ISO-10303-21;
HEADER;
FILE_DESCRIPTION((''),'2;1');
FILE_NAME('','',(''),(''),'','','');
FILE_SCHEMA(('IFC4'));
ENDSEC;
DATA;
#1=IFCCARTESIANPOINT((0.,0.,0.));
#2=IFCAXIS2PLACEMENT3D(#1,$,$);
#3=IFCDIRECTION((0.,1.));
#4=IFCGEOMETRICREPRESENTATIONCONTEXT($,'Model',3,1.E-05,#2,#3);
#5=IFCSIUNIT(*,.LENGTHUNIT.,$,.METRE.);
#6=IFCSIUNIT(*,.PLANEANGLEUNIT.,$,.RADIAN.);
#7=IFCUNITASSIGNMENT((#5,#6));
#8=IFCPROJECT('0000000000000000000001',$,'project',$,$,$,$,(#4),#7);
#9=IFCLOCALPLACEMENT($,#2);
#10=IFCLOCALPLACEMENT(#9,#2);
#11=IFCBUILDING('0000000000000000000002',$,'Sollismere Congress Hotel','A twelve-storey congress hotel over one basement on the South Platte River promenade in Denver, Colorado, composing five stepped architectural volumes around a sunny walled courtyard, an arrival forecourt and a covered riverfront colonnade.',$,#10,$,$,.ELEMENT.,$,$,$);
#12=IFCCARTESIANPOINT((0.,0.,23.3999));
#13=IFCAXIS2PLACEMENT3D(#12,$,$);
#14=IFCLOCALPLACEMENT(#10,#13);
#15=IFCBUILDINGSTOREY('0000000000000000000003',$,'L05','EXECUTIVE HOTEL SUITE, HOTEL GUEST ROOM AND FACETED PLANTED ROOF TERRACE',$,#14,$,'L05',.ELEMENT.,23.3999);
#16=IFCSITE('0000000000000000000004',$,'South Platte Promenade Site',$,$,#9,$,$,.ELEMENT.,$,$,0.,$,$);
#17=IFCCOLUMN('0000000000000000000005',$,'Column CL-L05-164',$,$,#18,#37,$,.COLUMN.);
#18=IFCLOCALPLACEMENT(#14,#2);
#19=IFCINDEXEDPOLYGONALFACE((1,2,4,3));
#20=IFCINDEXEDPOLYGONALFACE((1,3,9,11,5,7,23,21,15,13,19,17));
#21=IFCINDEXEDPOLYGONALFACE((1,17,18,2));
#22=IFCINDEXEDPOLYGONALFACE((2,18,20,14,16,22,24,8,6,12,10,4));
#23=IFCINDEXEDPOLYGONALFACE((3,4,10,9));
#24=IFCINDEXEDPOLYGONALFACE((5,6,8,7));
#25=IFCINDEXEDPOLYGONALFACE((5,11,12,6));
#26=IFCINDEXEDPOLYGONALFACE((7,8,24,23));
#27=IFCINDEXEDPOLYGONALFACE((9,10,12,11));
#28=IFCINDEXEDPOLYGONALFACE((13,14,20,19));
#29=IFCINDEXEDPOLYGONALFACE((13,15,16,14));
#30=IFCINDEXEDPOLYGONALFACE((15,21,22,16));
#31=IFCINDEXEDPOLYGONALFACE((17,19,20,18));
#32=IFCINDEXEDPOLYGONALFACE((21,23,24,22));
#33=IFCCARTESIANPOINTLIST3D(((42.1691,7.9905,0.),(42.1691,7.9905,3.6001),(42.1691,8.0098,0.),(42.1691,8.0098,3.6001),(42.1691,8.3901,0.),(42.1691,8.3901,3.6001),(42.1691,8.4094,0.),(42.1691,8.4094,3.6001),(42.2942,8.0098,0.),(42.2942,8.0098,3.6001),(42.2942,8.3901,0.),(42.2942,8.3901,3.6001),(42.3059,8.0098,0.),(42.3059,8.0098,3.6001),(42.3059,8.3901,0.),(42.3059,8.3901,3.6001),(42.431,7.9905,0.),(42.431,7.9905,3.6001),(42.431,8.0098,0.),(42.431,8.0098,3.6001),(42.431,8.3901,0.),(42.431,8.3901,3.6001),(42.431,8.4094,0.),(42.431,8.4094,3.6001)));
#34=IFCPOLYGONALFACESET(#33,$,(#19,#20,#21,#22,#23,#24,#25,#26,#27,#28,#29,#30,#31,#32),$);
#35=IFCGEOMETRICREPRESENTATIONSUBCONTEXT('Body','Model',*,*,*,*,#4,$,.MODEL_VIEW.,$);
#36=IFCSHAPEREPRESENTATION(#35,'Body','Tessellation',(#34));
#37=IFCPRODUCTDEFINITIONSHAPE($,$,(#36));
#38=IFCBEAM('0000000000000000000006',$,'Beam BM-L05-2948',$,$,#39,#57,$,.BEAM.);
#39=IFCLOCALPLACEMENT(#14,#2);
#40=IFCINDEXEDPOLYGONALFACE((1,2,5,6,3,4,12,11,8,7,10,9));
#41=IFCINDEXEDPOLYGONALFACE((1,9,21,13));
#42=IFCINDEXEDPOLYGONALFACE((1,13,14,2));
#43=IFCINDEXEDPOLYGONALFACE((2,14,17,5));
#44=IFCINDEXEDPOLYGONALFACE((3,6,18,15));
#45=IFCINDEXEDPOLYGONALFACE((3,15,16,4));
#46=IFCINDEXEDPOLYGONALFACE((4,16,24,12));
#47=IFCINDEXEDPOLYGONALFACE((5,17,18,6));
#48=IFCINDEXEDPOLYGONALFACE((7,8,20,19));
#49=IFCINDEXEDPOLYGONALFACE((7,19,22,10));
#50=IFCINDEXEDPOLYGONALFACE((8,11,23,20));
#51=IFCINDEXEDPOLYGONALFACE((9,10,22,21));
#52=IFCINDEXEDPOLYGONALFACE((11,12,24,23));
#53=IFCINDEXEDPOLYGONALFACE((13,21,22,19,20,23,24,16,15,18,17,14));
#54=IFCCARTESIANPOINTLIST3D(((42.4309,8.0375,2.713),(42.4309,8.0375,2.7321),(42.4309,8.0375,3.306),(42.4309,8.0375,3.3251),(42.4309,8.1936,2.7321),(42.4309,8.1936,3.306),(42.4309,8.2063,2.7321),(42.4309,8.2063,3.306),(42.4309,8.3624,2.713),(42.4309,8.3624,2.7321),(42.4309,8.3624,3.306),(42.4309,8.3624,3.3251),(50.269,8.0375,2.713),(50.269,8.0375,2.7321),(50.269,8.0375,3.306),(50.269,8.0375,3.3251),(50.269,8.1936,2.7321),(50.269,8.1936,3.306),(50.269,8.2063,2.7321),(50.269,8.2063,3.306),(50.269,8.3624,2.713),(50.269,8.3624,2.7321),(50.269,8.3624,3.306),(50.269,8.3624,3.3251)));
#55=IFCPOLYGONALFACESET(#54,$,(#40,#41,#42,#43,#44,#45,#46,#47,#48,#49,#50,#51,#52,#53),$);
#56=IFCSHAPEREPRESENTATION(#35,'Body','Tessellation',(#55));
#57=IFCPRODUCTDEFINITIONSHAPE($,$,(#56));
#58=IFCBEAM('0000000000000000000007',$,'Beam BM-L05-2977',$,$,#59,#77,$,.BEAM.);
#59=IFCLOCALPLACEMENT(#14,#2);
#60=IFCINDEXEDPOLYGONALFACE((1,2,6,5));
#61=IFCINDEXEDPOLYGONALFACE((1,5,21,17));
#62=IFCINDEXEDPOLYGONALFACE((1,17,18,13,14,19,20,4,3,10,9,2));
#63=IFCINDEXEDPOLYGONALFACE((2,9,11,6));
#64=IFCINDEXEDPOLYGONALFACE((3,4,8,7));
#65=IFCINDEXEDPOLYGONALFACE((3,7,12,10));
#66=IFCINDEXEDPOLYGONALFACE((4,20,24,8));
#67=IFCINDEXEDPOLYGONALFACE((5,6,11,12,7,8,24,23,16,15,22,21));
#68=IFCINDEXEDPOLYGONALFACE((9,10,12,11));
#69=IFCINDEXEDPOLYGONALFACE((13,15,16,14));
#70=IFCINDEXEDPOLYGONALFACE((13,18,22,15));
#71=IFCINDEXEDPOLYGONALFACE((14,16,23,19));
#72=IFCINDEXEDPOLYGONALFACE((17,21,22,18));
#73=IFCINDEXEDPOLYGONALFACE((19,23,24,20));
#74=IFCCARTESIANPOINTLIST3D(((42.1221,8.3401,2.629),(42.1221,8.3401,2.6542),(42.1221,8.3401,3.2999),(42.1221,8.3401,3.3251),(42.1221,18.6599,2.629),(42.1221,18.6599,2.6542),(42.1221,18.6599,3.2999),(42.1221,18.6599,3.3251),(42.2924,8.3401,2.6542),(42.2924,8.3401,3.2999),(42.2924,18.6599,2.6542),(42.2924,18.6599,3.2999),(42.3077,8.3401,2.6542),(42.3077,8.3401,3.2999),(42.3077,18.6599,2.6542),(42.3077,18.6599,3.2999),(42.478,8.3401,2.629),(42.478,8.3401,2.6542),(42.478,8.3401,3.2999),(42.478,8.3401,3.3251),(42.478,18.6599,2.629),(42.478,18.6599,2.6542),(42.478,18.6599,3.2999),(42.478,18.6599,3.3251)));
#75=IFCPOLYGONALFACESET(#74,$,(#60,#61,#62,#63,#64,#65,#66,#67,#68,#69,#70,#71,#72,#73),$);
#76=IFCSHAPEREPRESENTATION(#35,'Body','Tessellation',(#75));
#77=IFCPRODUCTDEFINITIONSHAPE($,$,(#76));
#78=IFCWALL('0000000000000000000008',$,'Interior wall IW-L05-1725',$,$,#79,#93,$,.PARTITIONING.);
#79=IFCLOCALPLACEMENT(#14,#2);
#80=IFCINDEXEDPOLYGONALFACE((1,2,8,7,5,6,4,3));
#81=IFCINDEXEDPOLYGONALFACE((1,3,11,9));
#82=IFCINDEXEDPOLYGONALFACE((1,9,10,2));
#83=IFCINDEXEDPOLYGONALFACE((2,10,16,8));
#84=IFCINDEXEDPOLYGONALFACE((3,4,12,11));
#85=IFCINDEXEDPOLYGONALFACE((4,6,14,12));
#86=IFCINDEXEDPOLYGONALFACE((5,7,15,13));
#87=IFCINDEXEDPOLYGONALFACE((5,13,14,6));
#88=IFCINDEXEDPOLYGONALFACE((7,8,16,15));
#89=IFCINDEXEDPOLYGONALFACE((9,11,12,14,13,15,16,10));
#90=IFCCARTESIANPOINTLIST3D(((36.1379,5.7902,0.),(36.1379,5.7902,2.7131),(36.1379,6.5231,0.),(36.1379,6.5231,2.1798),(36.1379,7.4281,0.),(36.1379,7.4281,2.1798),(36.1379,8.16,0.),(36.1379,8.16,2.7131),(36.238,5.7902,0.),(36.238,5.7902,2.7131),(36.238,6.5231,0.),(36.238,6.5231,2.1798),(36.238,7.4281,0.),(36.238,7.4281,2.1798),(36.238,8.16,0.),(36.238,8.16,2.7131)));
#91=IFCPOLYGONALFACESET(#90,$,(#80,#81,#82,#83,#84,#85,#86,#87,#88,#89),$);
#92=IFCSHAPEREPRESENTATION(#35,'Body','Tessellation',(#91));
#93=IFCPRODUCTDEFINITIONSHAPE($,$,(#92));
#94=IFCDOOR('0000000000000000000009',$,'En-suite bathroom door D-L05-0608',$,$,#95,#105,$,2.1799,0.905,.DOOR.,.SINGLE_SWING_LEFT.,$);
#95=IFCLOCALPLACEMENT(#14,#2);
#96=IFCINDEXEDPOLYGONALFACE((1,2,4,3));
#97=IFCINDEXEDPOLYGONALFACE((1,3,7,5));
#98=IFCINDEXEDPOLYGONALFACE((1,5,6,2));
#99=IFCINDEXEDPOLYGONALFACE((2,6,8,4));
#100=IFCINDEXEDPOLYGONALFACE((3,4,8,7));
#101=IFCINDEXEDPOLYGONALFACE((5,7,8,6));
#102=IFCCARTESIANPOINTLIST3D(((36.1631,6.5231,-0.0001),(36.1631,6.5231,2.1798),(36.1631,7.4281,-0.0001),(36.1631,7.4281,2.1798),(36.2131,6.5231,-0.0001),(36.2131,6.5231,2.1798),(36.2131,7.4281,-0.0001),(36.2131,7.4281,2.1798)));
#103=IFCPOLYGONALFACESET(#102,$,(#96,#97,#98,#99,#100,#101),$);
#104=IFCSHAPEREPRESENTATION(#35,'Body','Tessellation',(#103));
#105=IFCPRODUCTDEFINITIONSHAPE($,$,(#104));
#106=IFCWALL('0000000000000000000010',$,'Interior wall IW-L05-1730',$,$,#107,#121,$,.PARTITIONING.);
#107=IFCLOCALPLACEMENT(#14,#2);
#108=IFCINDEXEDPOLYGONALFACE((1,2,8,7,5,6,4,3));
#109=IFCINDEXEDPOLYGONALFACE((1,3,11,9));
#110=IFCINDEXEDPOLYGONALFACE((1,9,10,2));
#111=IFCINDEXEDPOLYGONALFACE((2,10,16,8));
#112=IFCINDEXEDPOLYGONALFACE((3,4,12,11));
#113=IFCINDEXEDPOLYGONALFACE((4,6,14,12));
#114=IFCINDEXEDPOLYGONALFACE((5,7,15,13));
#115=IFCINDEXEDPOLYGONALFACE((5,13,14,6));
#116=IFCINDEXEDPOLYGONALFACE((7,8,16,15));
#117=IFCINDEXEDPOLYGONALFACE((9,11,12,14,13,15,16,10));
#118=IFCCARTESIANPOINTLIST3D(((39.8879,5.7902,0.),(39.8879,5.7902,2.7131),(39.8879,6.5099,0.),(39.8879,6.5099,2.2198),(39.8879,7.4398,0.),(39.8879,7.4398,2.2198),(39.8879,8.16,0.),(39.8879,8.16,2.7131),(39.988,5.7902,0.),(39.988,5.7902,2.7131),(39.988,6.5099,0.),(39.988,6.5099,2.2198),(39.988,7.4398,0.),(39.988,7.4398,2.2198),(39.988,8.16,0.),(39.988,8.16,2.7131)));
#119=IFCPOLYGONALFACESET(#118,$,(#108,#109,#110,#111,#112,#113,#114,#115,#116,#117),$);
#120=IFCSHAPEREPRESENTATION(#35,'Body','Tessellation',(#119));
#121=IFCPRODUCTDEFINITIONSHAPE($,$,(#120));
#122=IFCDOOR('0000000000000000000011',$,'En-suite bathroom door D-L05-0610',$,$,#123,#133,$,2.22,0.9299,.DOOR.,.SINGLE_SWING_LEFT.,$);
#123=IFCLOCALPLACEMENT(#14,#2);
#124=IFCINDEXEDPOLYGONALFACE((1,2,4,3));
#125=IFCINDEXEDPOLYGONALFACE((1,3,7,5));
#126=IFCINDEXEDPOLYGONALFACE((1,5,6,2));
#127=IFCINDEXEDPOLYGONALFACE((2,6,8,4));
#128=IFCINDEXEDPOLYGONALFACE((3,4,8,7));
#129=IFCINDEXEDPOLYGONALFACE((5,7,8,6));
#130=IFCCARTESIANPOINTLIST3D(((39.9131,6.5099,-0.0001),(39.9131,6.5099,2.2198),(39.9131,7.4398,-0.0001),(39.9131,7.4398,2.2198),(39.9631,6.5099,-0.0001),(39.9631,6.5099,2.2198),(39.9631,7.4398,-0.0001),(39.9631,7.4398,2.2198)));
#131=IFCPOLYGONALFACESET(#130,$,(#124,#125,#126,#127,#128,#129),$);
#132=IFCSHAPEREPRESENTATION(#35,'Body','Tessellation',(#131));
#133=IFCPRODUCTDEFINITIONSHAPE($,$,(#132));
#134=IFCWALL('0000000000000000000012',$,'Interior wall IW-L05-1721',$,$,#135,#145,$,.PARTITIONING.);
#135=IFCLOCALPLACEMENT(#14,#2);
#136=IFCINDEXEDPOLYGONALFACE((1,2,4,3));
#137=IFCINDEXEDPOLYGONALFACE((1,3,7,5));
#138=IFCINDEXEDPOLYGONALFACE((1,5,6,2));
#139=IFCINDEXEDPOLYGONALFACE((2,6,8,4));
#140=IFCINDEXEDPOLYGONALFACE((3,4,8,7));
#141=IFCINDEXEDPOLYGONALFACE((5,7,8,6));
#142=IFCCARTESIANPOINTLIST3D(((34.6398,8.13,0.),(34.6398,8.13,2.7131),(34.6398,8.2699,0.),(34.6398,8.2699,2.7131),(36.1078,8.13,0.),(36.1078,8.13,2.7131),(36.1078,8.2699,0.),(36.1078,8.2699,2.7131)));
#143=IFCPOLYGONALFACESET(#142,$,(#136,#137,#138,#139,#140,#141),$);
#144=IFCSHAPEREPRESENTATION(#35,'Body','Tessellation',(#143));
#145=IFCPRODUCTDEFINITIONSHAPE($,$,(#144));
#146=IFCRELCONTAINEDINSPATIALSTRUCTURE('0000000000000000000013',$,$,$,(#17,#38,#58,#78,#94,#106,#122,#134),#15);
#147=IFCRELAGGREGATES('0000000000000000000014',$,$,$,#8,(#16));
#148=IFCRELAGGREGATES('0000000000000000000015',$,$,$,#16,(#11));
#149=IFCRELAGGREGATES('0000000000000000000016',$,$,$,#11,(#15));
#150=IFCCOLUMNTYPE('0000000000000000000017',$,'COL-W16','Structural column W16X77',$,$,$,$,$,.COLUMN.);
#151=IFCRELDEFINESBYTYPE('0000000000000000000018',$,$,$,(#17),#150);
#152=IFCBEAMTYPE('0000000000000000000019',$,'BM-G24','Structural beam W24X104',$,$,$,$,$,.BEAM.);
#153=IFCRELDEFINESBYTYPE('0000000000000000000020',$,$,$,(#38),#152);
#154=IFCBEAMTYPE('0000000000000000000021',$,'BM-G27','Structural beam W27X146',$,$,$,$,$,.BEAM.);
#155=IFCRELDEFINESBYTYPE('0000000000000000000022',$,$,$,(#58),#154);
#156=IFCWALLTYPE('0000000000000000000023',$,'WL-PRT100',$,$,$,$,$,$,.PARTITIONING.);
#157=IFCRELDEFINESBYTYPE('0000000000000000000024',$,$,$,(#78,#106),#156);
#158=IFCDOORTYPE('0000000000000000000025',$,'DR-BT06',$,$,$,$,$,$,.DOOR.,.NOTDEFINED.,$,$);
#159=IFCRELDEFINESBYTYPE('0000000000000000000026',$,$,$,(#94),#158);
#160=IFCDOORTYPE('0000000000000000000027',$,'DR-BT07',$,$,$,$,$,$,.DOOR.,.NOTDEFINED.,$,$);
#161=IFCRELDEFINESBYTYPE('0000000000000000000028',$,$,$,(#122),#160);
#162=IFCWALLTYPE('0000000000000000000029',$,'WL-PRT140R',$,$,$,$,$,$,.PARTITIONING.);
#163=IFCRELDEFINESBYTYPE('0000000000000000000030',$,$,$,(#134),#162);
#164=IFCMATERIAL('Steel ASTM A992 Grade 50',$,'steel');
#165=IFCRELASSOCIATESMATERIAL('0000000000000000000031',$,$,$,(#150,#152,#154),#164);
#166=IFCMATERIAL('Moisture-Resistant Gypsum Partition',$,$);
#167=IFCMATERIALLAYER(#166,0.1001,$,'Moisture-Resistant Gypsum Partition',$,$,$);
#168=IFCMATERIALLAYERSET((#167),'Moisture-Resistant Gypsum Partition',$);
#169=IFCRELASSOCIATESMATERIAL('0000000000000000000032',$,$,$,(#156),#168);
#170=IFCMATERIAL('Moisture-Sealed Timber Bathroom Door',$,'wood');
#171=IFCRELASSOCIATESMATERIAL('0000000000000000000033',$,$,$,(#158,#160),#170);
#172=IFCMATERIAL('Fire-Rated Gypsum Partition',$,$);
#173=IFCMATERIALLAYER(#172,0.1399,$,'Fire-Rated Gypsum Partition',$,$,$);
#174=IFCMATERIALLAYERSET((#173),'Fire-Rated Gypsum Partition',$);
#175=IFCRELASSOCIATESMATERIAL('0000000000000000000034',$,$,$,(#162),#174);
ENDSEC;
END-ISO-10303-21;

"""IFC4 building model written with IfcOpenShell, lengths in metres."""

from ifc_helpers import new_model, si_unit, direction, frame, frame_2d, origin, origin_2d, place, context, subcontext, project, spatial, rectangle, i_section, extrude, material, layer, layer_set, material_profile, profile_set, type_object, element, fill, save


model = new_model("IFC4")

# Units and contexts
model_context = context("Model", 3, precision=1e-05, world=origin(), true_north=direction((0.0, 1.0)))
body_context = subcontext(model_context, "Body", "Model", "MODEL_VIEW")
ifc_project = project(units=[si_unit("LENGTHUNIT", "METRE"), si_unit("PLANEANGLEUNIT", "RADIAN")], contexts=[model_context])

# Site, building, storey
site_placement = place(None, origin())
site = spatial("IfcSite", under=ifc_project, at=site_placement, Name="South Platte Promenade Site", CompositionType="ELEMENT", RefElevation=0.0)
building_placement = place(site_placement, origin())
building = spatial("IfcBuilding", under=site, at=building_placement, Name="Sollismere Congress Hotel", Description="A twelve-storey congress hotel over one basement on the South Platte River promenade in Denver, Colorado, composing five stepped architectural volumes around a sunny walled courtyard, an arrival forecourt and a covered riverfront colonnade.", CompositionType="ELEMENT")
storey_placement = place(building_placement, frame((0.0, 0.0, 23.3999)))
storey = spatial("IfcBuildingStorey", under=building, at=storey_placement, Name="L05", Description="EXECUTIVE HOTEL SUITE, HOTEL GUEST ROOM AND FACETED PLANTED ROOF TERRACE", LongName="L05", CompositionType="ELEMENT", Elevation=23.3999)

# Column
ifc_material_1 = material(Name="Steel ASTM A992 Grade 50", Category="steel")
ifc_material_profile_1 = material_profile(ifc_material_1, i_section(OverallWidth=0.262, OverallDepth=0.4189, WebThickness=0.0117, FlangeThickness=0.0193, at=origin_2d()), Name="W16X77")
ifc_profile_set_1 = profile_set([ifc_material_profile_1], Name="Steel ASTM A992 Grade 50")
column_type = type_object("IfcColumnType", Name="COL-W16", Description="Structural column W16X77", PredefinedType="COLUMN", material=ifc_profile_set_1)
column_placement = place(storey_placement, frame((42.3, 8.2, 0.0), z_axis=(0.0, 0.0, 1.0), x_axis=(1.0, 0.0, 0.0)))
element("IfcColumn", 1, at=column_placement, inside=storey, type_object=column_type, Name="Column CL-L05-164", PredefinedType="COLUMN", context=body_context, shape_type="SweptSolid", body=[
    extrude(i_section(OverallWidth=0.262, OverallDepth=0.4189, WebThickness=0.0117, FlangeThickness=0.0193, at=origin_2d()), origin(), (0.0, 0.0, 1.0), 3.6001),
])

# Beams
ifc_material_profile_2 = material_profile(ifc_material_1, i_section(OverallWidth=0.325, OverallDepth=0.6121, WebThickness=0.0127, FlangeThickness=0.019, at=origin_2d()), Name="W24X104")
ifc_profile_set_2 = profile_set([ifc_material_profile_2], Name="Steel ASTM A992 Grade 50")
beam_type_1 = type_object("IfcBeamType", Name="BM-G24", Description="Structural beam W24X104", PredefinedType="BEAM", material=ifc_profile_set_2)
beam_1_placement = place(storey_placement, frame((42.4309, 8.2, 3.019), z_axis=(1.0, 0.0, 0.0), x_axis=(0.0, 1.0, 0.0)))
element("IfcBeam", 2, at=beam_1_placement, inside=storey, type_object=beam_type_1, Name="Beam BM-L05-2948", PredefinedType="BEAM", context=body_context, shape_type="SweptSolid", body=[
    extrude(i_section(OverallWidth=0.325, OverallDepth=0.6121, WebThickness=0.0127, FlangeThickness=0.019, at=origin_2d()), origin(), (0.0, 0.0, 1.0), 7.8381),
])
ifc_material_profile_3 = material_profile(ifc_material_1, i_section(OverallWidth=0.356, OverallDepth=0.696, WebThickness=0.0154, FlangeThickness=0.0251, at=origin_2d()), Name="W27X146")
ifc_profile_set_3 = profile_set([ifc_material_profile_3], Name="Steel ASTM A992 Grade 50")
beam_type_2 = type_object("IfcBeamType", Name="BM-G27", Description="Structural beam W27X146", PredefinedType="BEAM", material=ifc_profile_set_3)
beam_2_placement = place(storey_placement, frame((42.3, 8.3401, 2.9771), z_axis=(0.0, 1.0, 0.0), x_axis=(-1.0, 0.0, 0.0)))
element("IfcBeam", 3, at=beam_2_placement, inside=storey, type_object=beam_type_2, Name="Beam BM-L05-2977", PredefinedType="BEAM", context=body_context, shape_type="SweptSolid", body=[
    extrude(i_section(OverallWidth=0.356, OverallDepth=0.696, WebThickness=0.0154, FlangeThickness=0.0251, at=origin_2d()), origin(), (0.0, 0.0, 1.0), 10.3198),
])

# Walls, openings, doors
ifc_material_2 = material(Name="Moisture-Resistant Gypsum Partition")
ifc_layer_1 = layer(ifc_material_2, 0.1001, Name="Moisture-Resistant Gypsum Partition")
ifc_layer_set_1 = layer_set([ifc_layer_1], Name="Moisture-Resistant Gypsum Partition")
wall_type_1 = type_object("IfcWallType", Name="WL-PRT100", PredefinedType="PARTITIONING", material=ifc_layer_set_1)
wall_1_placement = place(storey_placement, frame((36.188, 5.79, 0.0), z_axis=(0.0, 0.0, 1.0), x_axis=(0.0, 1.0, 0.0)))
wall_1 = element("IfcWall", 4, at=wall_1_placement, inside=storey, type_object=wall_type_1, Name="Interior wall IW-L05-1725", PredefinedType="PARTITIONING", context=body_context, shape_type="SweptSolid", body=[
    extrude(rectangle(XDim=2.3699, YDim=0.1001, at=frame_2d((1.1851, 0.0))), origin(), (0.0, 0.0, 1.0), 2.7131),
])
opening_1_placement = place(wall_1_placement, frame((0.7329, 0.0, 0.0)))
opening_1 = element("IfcOpeningElement", 5, at=opening_1_placement, cuts=wall_1, PredefinedType="OPENING", context=body_context, shape_type="SweptSolid", body=[
    extrude(rectangle(XDim=0.905, YDim=2.1799, at=frame_2d((0.4526, 1.0898))), frame((0.0, 0.0601, 0.0), z_axis=(0.0, -1.0, 0.0), x_axis=(1.0, 0.0, 0.0)), (0.0, 0.0, 1.0), 0.1201),
])
ifc_material_3 = material(Name="Moisture-Sealed Timber Bathroom Door", Category="wood")
door_type_1 = type_object("IfcDoorType", Name="DR-BT06", OperationType="NOTDEFINED", PredefinedType="DOOR", material=ifc_material_3)
door_1_placement = place(opening_1_placement, origin())
door_1 = element("IfcDoor", 6, at=door_1_placement, inside=storey, type_object=door_type_1, Name="En-suite bathroom door D-L05-0608", OperationType="SINGLE_SWING_LEFT", OverallHeight=2.1799, OverallWidth=0.905, PredefinedType="DOOR", context=body_context, shape_type="SweptSolid", body=[
    extrude(rectangle(XDim=0.905, YDim=2.1799, at=frame_2d((0.4526, 1.0898))), frame((0.0, 0.0249, 0.0), z_axis=(0.0, -1.0, 0.0), x_axis=(1.0, 0.0, 0.0)), (0.0, 0.0, 1.0), 0.05),
])
fill(opening_1, door_1)
wall_2_placement = place(storey_placement, frame((39.938, 5.79, 0.0), z_axis=(0.0, 0.0, 1.0), x_axis=(0.0, 1.0, 0.0)))
wall_2 = element("IfcWall", 7, at=wall_2_placement, inside=storey, type_object=wall_type_1, Name="Interior wall IW-L05-1730", PredefinedType="PARTITIONING", context=body_context, shape_type="SweptSolid", body=[
    extrude(rectangle(XDim=2.3699, YDim=0.1001, at=frame_2d((1.1851, 0.0))), origin(), (0.0, 0.0, 1.0), 2.7131),
])
opening_2_placement = place(wall_2_placement, frame((0.72, 0.0, 0.0)))
opening_2 = element("IfcOpeningElement", 8, at=opening_2_placement, cuts=wall_2, PredefinedType="OPENING", context=body_context, shape_type="SweptSolid", body=[
    extrude(rectangle(XDim=0.9299, YDim=2.22, at=frame_2d((0.4648, 1.1099))), frame((0.0, 0.0601, 0.0), z_axis=(0.0, -1.0, 0.0), x_axis=(1.0, 0.0, 0.0)), (0.0, 0.0, 1.0), 0.1201),
])
door_type_2 = type_object("IfcDoorType", Name="DR-BT07", OperationType="NOTDEFINED", PredefinedType="DOOR", material=ifc_material_3)
door_2_placement = place(opening_2_placement, origin())
door_2 = element("IfcDoor", 9, at=door_2_placement, inside=storey, type_object=door_type_2, Name="En-suite bathroom door D-L05-0610", OperationType="SINGLE_SWING_LEFT", OverallHeight=2.22, OverallWidth=0.9299, PredefinedType="DOOR", context=body_context, shape_type="SweptSolid", body=[
    extrude(rectangle(XDim=0.9299, YDim=2.22, at=frame_2d((0.4648, 1.1099))), frame((0.0, 0.0249, 0.0), z_axis=(0.0, -1.0, 0.0), x_axis=(1.0, 0.0, 0.0)), (0.0, 0.0, 1.0), 0.05),
])
fill(opening_2, door_2)

# Wall
ifc_material_4 = material(Name="Fire-Rated Gypsum Partition")
ifc_layer_2 = layer(ifc_material_4, 0.1399, Name="Fire-Rated Gypsum Partition")
ifc_layer_set_2 = layer_set([ifc_layer_2], Name="Fire-Rated Gypsum Partition")
wall_type_2 = type_object("IfcWallType", Name="WL-PRT140R", PredefinedType="PARTITIONING", material=ifc_layer_set_2)
wall_3_placement = place(storey_placement, frame((34.6399, 8.2, 0.0), z_axis=(0.0, 0.0, 1.0), x_axis=(1.0, 0.0, 0.0)))
element("IfcWall", 10, at=wall_3_placement, inside=storey, type_object=wall_type_2, Name="Interior wall IW-L05-1721", PredefinedType="PARTITIONING", context=body_context, shape_type="SweptSolid", body=[
    extrude(rectangle(XDim=1.468, YDim=0.1399, at=frame_2d((0.7339, 0.0))), origin(), (0.0, 0.0, 1.0), 2.7131),
])

save(model, "model.ifc")
